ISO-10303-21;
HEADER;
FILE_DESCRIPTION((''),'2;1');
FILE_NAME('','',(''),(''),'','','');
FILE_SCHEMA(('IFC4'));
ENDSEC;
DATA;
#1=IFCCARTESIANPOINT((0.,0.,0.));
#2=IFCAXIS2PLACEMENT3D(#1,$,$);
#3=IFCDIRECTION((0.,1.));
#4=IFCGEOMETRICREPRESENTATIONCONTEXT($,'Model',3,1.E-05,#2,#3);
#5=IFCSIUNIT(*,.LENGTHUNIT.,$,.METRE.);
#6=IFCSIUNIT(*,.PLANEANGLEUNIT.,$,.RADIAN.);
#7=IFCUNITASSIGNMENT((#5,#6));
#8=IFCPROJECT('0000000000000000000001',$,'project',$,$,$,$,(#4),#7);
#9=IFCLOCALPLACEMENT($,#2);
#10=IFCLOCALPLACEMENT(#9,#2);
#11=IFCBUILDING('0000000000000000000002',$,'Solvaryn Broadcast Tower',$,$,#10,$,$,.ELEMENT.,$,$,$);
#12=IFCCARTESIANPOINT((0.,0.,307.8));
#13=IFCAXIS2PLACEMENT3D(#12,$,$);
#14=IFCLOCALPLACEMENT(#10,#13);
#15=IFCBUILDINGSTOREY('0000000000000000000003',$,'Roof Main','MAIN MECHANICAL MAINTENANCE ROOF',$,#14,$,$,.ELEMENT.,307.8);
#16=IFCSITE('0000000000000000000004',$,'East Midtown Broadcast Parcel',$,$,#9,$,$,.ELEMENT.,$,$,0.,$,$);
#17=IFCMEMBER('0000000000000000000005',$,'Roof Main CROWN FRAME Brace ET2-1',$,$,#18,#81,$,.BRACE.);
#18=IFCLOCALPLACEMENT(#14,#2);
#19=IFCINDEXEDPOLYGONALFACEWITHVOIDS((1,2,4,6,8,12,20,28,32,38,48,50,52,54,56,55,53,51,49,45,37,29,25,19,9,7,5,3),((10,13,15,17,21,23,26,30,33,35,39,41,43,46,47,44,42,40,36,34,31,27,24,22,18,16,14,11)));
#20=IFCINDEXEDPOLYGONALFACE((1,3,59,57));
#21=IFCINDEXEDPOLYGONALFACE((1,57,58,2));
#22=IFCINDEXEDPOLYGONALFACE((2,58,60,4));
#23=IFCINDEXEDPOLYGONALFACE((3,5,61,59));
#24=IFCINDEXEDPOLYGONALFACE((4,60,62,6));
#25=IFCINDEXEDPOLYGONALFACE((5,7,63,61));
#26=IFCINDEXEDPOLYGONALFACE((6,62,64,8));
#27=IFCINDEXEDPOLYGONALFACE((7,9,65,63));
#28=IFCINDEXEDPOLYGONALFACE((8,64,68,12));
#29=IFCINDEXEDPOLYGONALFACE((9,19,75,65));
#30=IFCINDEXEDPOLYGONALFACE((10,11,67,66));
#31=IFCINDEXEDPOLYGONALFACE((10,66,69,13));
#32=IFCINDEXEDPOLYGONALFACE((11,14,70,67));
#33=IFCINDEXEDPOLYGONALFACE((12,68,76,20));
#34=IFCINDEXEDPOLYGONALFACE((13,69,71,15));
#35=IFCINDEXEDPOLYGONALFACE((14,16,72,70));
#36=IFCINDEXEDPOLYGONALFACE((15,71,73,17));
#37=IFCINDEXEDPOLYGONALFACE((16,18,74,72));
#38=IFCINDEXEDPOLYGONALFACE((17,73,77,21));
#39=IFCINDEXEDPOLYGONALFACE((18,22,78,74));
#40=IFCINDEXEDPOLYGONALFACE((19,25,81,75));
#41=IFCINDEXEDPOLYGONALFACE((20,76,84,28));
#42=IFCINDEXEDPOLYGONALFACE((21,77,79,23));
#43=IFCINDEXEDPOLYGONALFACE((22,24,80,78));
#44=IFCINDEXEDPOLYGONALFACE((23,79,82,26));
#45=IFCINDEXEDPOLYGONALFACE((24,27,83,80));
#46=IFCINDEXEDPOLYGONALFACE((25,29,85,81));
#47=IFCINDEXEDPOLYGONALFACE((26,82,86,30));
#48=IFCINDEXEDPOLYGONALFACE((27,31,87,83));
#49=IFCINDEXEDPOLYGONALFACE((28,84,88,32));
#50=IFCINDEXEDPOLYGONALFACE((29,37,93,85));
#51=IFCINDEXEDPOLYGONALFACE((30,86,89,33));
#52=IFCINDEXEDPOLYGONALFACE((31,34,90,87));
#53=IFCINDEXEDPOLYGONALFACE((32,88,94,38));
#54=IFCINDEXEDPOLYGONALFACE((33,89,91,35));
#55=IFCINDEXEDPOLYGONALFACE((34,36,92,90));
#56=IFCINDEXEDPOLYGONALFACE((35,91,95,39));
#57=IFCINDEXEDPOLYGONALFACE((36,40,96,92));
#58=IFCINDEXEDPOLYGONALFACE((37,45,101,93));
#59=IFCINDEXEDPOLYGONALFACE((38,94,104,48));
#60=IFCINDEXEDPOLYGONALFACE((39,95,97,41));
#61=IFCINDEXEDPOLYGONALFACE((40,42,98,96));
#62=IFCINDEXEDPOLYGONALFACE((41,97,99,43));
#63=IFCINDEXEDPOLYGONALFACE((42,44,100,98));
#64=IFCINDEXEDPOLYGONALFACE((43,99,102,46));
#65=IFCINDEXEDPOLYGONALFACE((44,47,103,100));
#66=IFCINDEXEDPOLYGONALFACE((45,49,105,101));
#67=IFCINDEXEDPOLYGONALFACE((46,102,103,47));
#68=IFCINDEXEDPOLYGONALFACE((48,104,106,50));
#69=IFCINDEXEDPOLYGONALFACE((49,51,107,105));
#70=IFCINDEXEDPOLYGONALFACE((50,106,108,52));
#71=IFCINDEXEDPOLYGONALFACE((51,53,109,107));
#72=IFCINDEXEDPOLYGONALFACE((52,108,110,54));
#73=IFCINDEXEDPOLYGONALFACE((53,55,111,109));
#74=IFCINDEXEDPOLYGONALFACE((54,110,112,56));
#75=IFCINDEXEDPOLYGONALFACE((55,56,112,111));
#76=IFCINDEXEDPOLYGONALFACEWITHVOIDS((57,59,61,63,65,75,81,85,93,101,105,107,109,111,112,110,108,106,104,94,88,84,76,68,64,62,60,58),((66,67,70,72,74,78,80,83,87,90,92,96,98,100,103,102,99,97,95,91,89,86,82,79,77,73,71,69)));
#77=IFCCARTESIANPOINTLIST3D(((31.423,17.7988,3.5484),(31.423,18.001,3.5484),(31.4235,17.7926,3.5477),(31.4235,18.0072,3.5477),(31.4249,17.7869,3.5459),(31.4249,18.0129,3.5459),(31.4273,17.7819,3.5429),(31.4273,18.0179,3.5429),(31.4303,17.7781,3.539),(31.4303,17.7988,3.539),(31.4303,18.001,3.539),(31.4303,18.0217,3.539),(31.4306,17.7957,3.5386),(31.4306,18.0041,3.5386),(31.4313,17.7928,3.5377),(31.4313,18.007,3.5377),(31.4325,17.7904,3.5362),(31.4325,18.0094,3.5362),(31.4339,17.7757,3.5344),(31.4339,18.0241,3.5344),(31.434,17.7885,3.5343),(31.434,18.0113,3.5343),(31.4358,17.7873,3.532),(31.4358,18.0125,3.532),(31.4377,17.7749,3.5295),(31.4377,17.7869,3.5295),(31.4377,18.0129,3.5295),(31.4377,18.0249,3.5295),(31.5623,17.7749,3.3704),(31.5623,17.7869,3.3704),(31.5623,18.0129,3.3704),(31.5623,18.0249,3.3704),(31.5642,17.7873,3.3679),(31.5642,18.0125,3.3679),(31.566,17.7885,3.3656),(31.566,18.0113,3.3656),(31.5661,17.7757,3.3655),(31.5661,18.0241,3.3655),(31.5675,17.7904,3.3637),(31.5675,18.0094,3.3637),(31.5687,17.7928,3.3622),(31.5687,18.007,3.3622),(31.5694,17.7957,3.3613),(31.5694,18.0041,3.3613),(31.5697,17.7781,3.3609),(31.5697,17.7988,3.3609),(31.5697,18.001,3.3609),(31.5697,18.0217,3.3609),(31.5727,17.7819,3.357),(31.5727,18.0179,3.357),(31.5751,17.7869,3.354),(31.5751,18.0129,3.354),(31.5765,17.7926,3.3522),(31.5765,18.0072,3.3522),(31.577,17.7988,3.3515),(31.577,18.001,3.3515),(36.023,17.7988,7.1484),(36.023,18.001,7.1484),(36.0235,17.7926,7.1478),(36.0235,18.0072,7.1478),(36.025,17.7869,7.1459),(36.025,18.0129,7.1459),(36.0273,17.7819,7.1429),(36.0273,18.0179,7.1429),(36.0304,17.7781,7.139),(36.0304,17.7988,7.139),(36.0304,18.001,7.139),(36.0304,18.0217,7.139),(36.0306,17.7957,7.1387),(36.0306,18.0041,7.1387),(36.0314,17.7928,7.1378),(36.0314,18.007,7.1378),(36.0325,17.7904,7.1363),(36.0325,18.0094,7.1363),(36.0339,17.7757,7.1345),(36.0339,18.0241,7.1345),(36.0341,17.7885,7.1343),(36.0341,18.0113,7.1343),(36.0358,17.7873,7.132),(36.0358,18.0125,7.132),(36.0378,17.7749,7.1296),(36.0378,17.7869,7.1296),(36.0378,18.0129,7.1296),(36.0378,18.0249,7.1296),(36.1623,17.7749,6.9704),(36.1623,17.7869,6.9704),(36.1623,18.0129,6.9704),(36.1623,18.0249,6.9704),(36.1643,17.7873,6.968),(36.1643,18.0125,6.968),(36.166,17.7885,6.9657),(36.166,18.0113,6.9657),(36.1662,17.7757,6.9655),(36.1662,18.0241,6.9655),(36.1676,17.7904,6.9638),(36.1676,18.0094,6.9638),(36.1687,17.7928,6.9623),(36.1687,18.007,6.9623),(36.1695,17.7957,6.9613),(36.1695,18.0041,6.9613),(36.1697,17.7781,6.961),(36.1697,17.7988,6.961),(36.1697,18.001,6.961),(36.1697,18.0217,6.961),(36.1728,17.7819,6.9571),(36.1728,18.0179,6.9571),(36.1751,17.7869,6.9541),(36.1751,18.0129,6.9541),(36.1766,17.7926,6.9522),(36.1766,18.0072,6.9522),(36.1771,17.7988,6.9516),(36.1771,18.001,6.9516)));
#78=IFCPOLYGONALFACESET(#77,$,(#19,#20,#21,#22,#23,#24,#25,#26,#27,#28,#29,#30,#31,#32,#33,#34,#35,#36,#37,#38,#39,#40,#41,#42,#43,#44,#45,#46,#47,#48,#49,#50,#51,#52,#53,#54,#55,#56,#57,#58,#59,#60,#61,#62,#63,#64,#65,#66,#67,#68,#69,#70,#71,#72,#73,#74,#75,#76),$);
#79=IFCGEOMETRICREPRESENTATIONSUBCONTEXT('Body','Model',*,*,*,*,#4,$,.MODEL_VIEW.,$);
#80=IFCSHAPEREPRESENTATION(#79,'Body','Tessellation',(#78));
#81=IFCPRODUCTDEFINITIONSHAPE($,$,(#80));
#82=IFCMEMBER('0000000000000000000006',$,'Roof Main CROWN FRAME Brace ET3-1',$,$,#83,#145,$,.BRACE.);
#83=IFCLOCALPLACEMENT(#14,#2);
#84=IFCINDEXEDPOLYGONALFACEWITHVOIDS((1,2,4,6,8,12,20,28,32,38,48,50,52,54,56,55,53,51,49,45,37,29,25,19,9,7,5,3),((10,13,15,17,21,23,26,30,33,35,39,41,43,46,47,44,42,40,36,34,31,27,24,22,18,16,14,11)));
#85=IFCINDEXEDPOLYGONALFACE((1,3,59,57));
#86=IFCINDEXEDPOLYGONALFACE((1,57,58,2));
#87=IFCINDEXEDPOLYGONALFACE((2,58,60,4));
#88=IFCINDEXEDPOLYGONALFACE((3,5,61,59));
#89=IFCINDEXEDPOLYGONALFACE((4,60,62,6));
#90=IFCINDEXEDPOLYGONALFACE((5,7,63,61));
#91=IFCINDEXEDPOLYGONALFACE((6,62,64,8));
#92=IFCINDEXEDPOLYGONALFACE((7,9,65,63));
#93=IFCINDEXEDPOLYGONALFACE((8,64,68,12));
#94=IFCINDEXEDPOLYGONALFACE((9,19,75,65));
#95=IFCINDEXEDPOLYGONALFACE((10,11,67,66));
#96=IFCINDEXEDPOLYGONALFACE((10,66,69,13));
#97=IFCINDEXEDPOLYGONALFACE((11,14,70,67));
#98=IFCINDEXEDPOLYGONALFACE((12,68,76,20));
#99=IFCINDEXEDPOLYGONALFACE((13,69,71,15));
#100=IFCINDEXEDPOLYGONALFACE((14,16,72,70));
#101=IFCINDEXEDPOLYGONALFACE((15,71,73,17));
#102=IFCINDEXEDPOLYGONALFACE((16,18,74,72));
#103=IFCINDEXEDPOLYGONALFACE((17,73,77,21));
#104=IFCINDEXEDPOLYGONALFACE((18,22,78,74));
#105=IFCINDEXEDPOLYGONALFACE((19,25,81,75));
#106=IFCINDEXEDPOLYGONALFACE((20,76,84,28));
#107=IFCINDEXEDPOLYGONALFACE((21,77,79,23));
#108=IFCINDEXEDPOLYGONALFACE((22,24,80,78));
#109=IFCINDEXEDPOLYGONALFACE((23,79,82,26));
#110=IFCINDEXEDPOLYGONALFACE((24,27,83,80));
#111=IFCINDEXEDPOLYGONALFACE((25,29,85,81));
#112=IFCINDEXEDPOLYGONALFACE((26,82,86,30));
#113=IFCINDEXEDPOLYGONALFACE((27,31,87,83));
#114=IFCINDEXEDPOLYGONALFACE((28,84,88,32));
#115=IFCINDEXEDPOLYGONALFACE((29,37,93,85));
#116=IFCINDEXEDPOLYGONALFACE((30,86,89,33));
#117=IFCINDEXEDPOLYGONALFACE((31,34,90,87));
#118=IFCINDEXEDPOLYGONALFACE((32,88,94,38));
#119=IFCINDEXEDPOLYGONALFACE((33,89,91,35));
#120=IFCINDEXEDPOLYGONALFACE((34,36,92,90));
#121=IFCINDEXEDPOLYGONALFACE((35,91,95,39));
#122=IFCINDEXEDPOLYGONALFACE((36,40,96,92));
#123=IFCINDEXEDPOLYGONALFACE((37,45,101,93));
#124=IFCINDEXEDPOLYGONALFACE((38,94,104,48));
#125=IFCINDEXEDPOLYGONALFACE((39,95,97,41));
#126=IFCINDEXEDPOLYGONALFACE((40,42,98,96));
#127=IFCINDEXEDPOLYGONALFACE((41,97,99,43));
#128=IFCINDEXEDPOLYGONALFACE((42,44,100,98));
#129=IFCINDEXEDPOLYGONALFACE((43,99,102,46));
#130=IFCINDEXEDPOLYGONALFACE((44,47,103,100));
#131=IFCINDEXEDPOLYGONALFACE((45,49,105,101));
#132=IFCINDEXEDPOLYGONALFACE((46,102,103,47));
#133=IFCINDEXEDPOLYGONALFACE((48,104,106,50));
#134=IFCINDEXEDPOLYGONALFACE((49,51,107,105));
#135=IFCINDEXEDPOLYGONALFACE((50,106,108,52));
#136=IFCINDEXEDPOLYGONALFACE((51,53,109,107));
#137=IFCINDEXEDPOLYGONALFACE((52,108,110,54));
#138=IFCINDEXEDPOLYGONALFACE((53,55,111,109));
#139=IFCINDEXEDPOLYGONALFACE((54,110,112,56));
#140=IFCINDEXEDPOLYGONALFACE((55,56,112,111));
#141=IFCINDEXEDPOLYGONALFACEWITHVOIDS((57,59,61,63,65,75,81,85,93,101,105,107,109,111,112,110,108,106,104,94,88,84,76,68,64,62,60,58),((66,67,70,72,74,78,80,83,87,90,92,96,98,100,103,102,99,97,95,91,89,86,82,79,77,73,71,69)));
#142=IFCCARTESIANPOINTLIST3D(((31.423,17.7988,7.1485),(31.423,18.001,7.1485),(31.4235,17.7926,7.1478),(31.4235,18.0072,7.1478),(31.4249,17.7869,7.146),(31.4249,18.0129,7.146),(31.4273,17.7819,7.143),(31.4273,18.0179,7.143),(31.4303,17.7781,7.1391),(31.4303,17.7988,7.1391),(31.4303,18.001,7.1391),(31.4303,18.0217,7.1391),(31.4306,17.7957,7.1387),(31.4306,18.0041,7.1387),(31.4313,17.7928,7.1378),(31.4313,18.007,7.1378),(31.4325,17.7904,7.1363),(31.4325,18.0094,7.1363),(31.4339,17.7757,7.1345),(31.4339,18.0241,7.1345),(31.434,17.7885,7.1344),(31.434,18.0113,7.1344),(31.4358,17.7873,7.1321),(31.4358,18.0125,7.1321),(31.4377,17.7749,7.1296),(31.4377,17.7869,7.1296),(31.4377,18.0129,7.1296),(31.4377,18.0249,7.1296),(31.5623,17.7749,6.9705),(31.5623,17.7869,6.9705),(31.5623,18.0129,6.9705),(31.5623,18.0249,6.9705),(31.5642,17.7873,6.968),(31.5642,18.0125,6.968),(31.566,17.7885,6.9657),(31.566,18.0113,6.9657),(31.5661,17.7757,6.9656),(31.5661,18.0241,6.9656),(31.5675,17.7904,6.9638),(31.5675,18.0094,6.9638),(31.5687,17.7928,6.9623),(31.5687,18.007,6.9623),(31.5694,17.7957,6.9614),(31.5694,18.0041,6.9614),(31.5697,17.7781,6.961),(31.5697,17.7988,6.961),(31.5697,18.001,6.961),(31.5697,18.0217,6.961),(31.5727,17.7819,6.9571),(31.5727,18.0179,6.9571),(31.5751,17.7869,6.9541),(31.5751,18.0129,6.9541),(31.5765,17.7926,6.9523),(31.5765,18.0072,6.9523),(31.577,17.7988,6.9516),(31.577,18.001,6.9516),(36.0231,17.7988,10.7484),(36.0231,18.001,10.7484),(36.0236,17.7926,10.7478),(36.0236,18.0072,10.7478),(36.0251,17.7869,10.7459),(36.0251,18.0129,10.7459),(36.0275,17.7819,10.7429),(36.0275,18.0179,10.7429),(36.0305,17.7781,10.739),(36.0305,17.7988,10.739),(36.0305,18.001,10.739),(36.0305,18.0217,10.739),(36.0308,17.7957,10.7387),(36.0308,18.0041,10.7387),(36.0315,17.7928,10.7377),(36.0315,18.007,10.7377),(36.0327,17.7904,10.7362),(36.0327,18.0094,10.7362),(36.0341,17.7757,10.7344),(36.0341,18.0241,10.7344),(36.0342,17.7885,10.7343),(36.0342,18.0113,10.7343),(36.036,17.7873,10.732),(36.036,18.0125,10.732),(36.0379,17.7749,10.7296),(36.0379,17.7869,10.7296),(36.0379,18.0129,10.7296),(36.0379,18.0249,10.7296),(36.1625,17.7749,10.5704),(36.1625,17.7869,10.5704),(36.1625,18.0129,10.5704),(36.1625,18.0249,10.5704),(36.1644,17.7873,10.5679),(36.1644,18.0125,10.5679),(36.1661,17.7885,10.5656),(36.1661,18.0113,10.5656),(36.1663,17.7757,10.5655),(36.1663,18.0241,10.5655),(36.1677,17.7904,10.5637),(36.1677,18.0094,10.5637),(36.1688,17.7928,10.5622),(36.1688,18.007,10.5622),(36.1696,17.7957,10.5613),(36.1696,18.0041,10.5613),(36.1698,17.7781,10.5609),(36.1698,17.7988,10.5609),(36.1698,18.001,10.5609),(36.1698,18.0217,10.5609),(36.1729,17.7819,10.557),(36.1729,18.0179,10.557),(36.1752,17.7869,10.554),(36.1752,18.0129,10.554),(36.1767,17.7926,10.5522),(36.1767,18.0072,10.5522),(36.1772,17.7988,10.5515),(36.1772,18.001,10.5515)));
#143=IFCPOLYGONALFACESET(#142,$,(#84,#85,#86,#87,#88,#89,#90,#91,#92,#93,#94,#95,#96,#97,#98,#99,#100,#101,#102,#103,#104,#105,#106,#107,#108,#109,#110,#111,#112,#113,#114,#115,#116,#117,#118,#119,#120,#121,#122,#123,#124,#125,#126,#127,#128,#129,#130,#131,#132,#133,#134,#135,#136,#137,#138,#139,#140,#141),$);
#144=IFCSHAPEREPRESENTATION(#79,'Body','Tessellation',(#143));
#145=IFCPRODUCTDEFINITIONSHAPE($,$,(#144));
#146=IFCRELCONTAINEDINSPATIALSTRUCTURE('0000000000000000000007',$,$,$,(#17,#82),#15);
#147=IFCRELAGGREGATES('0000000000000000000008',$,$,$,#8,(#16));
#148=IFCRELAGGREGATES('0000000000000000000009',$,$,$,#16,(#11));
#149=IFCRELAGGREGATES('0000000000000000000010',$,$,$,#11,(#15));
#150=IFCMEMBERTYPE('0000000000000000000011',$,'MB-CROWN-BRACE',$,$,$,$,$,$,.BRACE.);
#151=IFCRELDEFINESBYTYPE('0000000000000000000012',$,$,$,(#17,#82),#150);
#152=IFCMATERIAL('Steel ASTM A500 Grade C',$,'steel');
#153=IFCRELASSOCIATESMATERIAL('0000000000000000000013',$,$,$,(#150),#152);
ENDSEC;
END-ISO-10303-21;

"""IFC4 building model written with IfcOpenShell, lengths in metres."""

from ifc_helpers import new_model, si_unit, direction, frame, origin, origin_2d, place, context, subcontext, project, spatial, hollow_rectangle, extrude, material, material_profile, profile_set, type_object, element, save


model = new_model("IFC4")

# Units and contexts
model_context = context("Model", 3, precision=1e-05, world=origin(), true_north=direction((0.0, 1.0)))
body_context = subcontext(model_context, "Body", "Model", "MODEL_VIEW")
ifc_project = project(units=[si_unit("LENGTHUNIT", "METRE"), si_unit("PLANEANGLEUNIT", "RADIAN")], contexts=[model_context])

# Site, building, storey
site_placement = place(None, origin())
site = spatial("IfcSite", under=ifc_project, at=site_placement, Name="East Midtown Broadcast Parcel", CompositionType="ELEMENT", RefElevation=0.0)
building_placement = place(site_placement, origin())
building = spatial("IfcBuilding", under=site, at=building_placement, Name="Solvaryn Broadcast Tower", CompositionType="ELEMENT")
storey_placement = place(building_placement, frame((0.0, 0.0, 307.8)))
storey = spatial("IfcBuildingStorey", under=building, at=storey_placement, Name="Roof Main", Description="MAIN MECHANICAL MAINTENANCE ROOF", CompositionType="ELEMENT", Elevation=307.8)

# Members
ifc_material_1 = material(Name="Steel ASTM A500 Grade C", Category="steel")
ifc_material_profile_1 = material_profile(ifc_material_1, hollow_rectangle(XDim=0.25, YDim=0.25, WallThickness=0.012, InnerFilletRadius=0.012, OuterFilletRadius=0.0239, at=origin_2d()))
ifc_profile_set_1 = profile_set([ifc_material_profile_1], Name="Steel ASTM A500 Grade C")
member_type_1 = type_object("IfcMemberType", Name="MB-CROWN-BRACE", PredefinedType="BRACE", material=ifc_profile_set_1)
for number, where, z_axis, x_axis, name in (
    (1, (31.5, 17.8999, 3.45), (0.787503, 0.0, 0.616311), (0.0, 1.0, 0.0), "Roof Main CROWN FRAME Brace ET2-1"),
    (2, (31.5, 17.8999, 7.05), (0.787524, 0.0, 0.616285), (0.0, 1.0, 0.0), "Roof Main CROWN FRAME Brace ET3-1"),
):
    element("IfcMember", number, at=place(storey_placement, frame(where, z_axis=z_axis, x_axis=x_axis)), inside=storey, type_object=member_type_1, Name=name, PredefinedType="BRACE", context=body_context, shape_type="SweptSolid", body=[
        extrude(hollow_rectangle(XDim=0.25, YDim=0.25, WallThickness=0.012, InnerFilletRadius=0.012, OuterFilletRadius=0.0239, at=origin_2d()), origin(), (0.0, 0.0, 1.0), 5.8413),
    ])

save(model, "model.ifc")
